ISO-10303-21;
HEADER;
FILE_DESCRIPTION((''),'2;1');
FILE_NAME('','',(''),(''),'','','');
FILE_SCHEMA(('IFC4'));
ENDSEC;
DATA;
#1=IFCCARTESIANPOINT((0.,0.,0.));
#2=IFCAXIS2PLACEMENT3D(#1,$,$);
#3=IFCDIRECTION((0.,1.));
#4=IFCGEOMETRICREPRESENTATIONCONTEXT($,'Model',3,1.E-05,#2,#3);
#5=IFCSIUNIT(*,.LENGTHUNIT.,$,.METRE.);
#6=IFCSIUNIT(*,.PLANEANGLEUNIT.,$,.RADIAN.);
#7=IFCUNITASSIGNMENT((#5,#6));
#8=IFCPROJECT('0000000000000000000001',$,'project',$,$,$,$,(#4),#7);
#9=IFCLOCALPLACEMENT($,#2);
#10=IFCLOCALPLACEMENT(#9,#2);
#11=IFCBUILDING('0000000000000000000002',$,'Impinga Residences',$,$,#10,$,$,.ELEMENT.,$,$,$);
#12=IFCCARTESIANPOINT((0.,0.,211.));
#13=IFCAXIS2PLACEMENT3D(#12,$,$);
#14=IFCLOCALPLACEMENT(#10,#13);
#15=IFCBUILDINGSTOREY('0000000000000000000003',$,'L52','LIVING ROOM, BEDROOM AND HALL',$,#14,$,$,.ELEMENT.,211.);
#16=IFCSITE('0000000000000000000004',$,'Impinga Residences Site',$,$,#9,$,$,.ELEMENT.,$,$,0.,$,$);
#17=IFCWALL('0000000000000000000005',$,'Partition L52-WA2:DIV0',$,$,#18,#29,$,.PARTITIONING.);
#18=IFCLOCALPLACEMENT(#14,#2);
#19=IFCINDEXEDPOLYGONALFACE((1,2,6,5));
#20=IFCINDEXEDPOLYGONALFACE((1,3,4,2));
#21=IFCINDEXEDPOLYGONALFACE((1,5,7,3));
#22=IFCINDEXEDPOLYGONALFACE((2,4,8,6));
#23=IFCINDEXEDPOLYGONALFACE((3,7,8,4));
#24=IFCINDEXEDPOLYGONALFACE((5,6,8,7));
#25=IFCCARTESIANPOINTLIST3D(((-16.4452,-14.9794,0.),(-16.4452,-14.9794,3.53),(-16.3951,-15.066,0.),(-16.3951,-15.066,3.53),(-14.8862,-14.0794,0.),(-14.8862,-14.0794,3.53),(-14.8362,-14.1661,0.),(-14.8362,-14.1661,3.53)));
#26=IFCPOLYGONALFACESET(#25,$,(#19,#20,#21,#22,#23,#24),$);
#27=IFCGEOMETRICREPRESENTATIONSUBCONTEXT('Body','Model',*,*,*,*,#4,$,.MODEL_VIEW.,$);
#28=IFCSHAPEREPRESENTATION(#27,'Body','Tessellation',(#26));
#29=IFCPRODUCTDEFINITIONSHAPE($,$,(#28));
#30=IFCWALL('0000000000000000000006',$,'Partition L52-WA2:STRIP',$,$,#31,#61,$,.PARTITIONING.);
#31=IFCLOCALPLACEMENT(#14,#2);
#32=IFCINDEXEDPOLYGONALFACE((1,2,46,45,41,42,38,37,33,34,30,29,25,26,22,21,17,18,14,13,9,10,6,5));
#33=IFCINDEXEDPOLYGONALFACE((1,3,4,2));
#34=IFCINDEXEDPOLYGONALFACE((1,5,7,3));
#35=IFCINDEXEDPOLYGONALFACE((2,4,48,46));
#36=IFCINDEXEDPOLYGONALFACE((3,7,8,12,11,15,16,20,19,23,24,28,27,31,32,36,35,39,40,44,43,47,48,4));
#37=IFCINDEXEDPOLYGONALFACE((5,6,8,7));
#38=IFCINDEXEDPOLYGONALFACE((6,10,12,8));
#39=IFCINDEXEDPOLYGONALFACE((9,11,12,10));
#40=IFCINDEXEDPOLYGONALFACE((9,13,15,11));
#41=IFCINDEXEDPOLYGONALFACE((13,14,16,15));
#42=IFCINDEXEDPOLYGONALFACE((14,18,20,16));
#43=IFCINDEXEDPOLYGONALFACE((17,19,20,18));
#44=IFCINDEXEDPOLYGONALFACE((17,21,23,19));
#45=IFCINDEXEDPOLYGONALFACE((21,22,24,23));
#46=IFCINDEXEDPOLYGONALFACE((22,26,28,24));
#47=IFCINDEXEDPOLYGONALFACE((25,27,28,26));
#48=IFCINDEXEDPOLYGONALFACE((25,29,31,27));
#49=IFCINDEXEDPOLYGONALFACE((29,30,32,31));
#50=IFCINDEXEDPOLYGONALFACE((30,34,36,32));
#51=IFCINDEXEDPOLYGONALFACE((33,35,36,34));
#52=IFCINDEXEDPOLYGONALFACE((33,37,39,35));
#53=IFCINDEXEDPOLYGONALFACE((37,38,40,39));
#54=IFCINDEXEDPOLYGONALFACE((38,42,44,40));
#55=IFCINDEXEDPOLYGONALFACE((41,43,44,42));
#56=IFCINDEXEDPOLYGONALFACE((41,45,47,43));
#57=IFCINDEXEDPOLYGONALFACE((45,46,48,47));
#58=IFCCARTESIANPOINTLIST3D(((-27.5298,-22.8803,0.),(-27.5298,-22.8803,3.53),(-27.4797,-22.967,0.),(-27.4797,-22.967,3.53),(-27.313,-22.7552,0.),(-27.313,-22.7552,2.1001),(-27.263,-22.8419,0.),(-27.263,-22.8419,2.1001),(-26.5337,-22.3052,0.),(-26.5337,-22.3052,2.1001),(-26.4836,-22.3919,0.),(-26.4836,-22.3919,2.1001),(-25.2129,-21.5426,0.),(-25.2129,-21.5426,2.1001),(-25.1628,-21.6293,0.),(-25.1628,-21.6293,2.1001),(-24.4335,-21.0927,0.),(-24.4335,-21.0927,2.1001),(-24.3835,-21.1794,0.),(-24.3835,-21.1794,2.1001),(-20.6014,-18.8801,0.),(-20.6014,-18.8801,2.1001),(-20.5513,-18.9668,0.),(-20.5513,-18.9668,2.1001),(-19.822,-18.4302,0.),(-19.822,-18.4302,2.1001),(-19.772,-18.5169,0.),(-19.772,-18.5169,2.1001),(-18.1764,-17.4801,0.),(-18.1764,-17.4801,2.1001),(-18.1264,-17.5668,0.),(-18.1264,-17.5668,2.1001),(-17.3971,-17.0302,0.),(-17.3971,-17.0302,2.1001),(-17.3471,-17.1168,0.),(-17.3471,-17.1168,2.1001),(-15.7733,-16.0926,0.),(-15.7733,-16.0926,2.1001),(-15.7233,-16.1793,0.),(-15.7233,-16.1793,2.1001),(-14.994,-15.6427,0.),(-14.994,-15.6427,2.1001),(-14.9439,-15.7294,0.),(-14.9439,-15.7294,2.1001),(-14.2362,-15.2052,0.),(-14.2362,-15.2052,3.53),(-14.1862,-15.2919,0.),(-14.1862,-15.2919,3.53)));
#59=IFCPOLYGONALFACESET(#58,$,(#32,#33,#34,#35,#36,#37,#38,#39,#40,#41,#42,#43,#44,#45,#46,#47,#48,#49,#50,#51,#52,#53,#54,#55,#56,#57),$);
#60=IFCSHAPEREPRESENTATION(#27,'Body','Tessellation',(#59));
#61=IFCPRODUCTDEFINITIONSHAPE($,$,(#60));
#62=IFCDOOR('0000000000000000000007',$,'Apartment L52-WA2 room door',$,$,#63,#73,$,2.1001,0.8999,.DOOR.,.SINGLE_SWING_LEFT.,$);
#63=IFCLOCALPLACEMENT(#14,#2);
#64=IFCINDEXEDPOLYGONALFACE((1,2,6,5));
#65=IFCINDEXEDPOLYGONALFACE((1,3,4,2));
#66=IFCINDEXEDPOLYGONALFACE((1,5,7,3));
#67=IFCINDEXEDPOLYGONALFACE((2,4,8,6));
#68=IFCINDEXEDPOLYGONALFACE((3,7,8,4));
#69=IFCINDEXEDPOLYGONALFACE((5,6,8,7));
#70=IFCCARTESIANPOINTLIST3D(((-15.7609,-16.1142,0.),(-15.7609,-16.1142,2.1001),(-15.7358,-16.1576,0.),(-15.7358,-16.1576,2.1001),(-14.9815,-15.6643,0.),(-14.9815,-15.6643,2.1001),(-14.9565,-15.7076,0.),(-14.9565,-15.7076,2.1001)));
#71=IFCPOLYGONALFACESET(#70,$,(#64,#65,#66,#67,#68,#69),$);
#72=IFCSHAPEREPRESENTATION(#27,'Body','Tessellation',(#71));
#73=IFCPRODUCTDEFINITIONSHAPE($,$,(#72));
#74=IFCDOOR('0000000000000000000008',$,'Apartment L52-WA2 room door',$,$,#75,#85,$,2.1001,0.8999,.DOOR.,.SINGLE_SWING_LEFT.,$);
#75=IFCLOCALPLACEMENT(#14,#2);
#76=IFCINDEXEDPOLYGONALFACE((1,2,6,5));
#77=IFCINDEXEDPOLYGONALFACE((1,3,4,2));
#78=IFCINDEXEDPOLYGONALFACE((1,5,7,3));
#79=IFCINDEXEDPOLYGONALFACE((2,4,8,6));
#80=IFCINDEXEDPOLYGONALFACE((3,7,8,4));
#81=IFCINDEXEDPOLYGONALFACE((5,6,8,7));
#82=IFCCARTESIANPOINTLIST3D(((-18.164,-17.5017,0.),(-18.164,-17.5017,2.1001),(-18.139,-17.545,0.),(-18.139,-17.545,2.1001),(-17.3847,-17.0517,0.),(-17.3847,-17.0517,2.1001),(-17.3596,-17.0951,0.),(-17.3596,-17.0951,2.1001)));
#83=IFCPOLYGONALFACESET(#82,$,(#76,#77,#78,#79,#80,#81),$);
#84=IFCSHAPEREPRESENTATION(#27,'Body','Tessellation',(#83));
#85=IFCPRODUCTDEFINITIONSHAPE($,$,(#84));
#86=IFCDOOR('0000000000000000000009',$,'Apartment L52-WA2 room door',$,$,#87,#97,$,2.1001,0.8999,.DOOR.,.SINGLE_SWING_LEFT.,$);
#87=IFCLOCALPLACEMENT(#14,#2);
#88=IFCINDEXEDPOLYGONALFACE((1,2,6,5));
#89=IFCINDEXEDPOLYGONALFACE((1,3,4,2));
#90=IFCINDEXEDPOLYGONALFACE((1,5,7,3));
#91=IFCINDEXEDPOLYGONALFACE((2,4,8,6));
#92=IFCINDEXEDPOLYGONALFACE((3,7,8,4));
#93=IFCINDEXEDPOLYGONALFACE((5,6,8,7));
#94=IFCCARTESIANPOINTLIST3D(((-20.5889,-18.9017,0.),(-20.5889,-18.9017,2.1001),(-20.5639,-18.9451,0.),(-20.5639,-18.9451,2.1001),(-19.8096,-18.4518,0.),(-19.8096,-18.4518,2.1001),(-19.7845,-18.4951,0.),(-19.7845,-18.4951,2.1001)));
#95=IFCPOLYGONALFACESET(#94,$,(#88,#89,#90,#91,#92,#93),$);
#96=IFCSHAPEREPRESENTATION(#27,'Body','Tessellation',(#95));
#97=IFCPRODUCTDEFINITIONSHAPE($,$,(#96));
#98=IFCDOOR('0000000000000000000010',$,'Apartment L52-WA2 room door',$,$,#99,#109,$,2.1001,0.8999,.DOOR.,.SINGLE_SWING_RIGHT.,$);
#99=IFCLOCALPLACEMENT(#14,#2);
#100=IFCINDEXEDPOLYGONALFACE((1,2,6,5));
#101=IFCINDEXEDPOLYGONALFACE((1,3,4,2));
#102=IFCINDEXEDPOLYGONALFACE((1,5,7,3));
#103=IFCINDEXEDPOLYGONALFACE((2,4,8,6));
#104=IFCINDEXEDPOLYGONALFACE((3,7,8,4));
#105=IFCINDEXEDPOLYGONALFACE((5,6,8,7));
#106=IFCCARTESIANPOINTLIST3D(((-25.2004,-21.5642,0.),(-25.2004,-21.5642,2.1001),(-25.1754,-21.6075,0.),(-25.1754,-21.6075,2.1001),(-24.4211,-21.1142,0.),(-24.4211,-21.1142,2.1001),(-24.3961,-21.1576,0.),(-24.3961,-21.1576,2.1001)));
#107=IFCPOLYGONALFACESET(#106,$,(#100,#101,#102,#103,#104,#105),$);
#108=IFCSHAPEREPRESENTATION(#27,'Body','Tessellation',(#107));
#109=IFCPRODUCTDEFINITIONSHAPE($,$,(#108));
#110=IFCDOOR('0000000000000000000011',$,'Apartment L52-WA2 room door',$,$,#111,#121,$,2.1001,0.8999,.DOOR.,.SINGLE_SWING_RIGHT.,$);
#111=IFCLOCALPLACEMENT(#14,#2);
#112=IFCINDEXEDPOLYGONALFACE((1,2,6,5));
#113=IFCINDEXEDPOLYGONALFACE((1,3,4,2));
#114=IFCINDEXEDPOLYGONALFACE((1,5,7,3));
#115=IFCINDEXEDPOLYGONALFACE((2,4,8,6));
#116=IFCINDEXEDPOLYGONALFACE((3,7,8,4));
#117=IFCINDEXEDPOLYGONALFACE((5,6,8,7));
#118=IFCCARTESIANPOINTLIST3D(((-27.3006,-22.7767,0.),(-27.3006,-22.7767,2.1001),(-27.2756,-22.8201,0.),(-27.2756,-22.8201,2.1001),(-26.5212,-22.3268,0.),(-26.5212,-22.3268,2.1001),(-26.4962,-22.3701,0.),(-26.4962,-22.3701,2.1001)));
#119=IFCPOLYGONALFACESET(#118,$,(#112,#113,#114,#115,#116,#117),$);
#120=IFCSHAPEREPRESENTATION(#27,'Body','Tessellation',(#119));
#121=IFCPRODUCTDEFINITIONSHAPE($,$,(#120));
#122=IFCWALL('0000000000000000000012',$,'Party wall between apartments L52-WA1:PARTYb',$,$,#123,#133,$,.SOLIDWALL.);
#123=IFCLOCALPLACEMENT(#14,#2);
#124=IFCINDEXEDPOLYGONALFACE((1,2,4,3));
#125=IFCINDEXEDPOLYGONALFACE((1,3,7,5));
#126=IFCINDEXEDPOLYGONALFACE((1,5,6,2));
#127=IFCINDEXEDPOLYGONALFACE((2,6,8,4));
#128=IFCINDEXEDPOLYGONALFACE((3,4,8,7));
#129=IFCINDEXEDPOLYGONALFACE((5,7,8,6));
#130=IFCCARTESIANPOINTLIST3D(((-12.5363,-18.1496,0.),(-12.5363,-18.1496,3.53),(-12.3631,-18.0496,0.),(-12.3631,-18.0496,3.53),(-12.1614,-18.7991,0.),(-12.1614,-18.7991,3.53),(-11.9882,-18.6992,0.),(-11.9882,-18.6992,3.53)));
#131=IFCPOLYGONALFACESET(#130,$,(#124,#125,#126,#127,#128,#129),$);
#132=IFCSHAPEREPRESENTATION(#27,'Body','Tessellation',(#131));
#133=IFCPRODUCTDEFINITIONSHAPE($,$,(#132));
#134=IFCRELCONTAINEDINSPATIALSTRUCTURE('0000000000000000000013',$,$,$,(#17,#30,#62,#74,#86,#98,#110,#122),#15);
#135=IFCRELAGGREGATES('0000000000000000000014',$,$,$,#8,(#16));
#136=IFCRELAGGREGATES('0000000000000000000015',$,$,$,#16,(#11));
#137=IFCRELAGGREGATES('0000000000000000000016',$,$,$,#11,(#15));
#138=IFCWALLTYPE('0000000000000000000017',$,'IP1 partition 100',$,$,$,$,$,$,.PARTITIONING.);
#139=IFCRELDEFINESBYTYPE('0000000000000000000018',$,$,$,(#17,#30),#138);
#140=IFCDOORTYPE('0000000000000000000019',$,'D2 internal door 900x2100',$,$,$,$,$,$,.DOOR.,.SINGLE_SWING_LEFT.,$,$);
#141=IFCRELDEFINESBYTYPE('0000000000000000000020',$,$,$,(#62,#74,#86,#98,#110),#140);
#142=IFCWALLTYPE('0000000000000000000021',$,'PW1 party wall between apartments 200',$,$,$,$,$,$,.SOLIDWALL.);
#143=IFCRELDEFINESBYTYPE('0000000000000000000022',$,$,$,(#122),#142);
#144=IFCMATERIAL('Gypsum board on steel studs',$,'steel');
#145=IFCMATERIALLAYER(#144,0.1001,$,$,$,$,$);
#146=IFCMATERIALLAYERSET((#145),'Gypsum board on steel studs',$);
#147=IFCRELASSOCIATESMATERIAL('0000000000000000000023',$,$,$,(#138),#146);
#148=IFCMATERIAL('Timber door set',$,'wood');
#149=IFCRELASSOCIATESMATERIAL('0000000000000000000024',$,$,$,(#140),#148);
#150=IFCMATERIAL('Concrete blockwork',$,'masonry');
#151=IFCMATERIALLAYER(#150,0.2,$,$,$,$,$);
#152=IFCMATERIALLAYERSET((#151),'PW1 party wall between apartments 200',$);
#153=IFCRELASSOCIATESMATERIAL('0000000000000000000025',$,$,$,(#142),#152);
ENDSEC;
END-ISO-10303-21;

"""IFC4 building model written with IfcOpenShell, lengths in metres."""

from ifc_helpers import new_model, si_unit, direction, frame, frame_2d, origin, place, context, subcontext, project, spatial, rectangle, extrude, material, layer, layer_set, type_object, element, fill, save


model = new_model("IFC4")

# Units and contexts
model_context = context("Model", 3, precision=1e-05, world=origin(), true_north=direction((0.0, 1.0)))
body_context = subcontext(model_context, "Body", "Model", "MODEL_VIEW")
ifc_project = project(units=[si_unit("LENGTHUNIT", "METRE"), si_unit("PLANEANGLEUNIT", "RADIAN")], contexts=[model_context])

# Site, building, storey
site_placement = place(None, origin())
site = spatial("IfcSite", under=ifc_project, at=site_placement, Name="Impinga Residences Site", CompositionType="ELEMENT", RefElevation=0.0)
building_placement = place(site_placement, origin())
building = spatial("IfcBuilding", under=site, at=building_placement, Name="Impinga Residences", CompositionType="ELEMENT")
storey_placement = place(building_placement, frame((0.0, 0.0, 211.0)))
storey = spatial("IfcBuildingStorey", under=building, at=storey_placement, Name="L52", Description="LIVING ROOM, BEDROOM AND HALL", CompositionType="ELEMENT", Elevation=211.0)

# Wall
ifc_material_1 = material(Name="Gypsum board on steel studs", Category="steel")
ifc_layer_1 = layer(ifc_material_1, 0.1001)
ifc_layer_set_1 = layer_set([ifc_layer_1], Name="Gypsum board on steel studs")
wall_type_1 = type_object("IfcWallType", Name="IP1 partition 100", PredefinedType="PARTITIONING", material=ifc_layer_set_1)
wall_1_placement = place(storey_placement, frame((-14.8613, -14.1228, 0.0), z_axis=(0.0, 0.0, 1.0), x_axis=(-0.866048, -0.499961, 0.0)))
element("IfcWall", 1, at=wall_1_placement, inside=storey, type_object=wall_type_1, Name="Partition L52-WA2:DIV0", PredefinedType="PARTITIONING", context=body_context, shape_type="SweptSolid", body=[
    extrude(rectangle(XDim=1.8, YDim=0.1001, at=frame_2d((0.8999, 0.0))), origin(), (0.0, 0.0, 1.0), 3.53),
])

# Wall, openings, doors
wall_2_placement = place(storey_placement, frame((-14.2112, -15.2485, 0.0), z_axis=(0.0, 0.0, 1.0), x_axis=(-0.866023, -0.500003, 0.0)))
wall_2 = element("IfcWall", 2, at=wall_2_placement, inside=storey, type_object=wall_type_1, Name="Partition L52-WA2:STRIP", PredefinedType="PARTITIONING", context=body_context, shape_type="SweptSolid", body=[
    extrude(rectangle(XDim=15.3501, YDim=0.1001, at=frame_2d((7.675, 0.0))), origin(), (0.0, 0.0, 1.0), 3.53),
])
opening_1_placement = place(wall_2_placement, frame((0.875, 0.0, 0.0)))
opening_1 = element("IfcOpeningElement", 3, at=opening_1_placement, cuts=wall_2, PredefinedType="OPENING", context=body_context, shape_type="SweptSolid", body=[
    extrude(rectangle(XDim=0.8999, YDim=2.1001, at=frame_2d((0.45, 1.05))), frame((0.0, 0.0601, 0.0), z_axis=(0.0, -1.0, 0.0), x_axis=(1.0, 0.0, 0.0)), (0.0, 0.0, 1.0), 0.1201),
])
opening_2_placement = place(wall_2_placement, frame((3.6499, 0.0, 0.0)))
opening_2 = element("IfcOpeningElement", 4, at=opening_2_placement, cuts=wall_2, PredefinedType="OPENING", context=body_context, shape_type="SweptSolid", body=[
    extrude(rectangle(XDim=0.8999, YDim=2.1001, at=frame_2d((0.45, 1.05))), frame((0.0, 0.0601, 0.0), z_axis=(0.0, -1.0, 0.0), x_axis=(1.0, 0.0, 0.0)), (0.0, 0.0, 1.0), 0.1201),
])
opening_3_placement = place(wall_2_placement, frame((6.45, 0.0, 0.0)))
opening_3 = element("IfcOpeningElement", 5, at=opening_3_placement, cuts=wall_2, PredefinedType="OPENING", context=body_context, shape_type="SweptSolid", body=[
    extrude(rectangle(XDim=0.8999, YDim=2.1001, at=frame_2d((0.45, 1.05))), frame((0.0, 0.0601, 0.0), z_axis=(0.0, -1.0, 0.0), x_axis=(1.0, 0.0, 0.0)), (0.0, 0.0, 1.0), 0.1201),
])
opening_4_placement = place(wall_2_placement, frame((11.7749, 0.0, 0.0)))
opening_4 = element("IfcOpeningElement", 6, at=opening_4_placement, cuts=wall_2, PredefinedType="OPENING", context=body_context, shape_type="SweptSolid", body=[
    extrude(rectangle(XDim=0.8999, YDim=2.1001, at=frame_2d((0.45, 1.05))), frame((0.0, 0.0601, 0.0), z_axis=(0.0, -1.0, 0.0), x_axis=(1.0, 0.0, 0.0)), (0.0, 0.0, 1.0), 0.1201),
])
opening_5_placement = place(wall_2_placement, frame((14.2, 0.0, 0.0)))
opening_5 = element("IfcOpeningElement", 7, at=opening_5_placement, cuts=wall_2, PredefinedType="OPENING", context=body_context, shape_type="SweptSolid", body=[
    extrude(rectangle(XDim=0.8999, YDim=2.1001, at=frame_2d((0.45, 1.05))), frame((0.0, 0.0601, 0.0), z_axis=(0.0, -1.0, 0.0), x_axis=(1.0, 0.0, 0.0)), (0.0, 0.0, 1.0), 0.1201),
])
ifc_material_2 = material(Name="Timber door set", Category="wood")
door_type = type_object("IfcDoorType", Name="D2 internal door 900x2100", OperationType="SINGLE_SWING_LEFT", PredefinedType="DOOR", material=ifc_material_2)
door_1_placement = place(opening_1_placement, origin())
door_1 = element("IfcDoor", 8, at=door_1_placement, inside=storey, type_object=door_type, Name="Apartment L52-WA2 room door", OperationType="SINGLE_SWING_LEFT", OverallHeight=2.1001, OverallWidth=0.8999, PredefinedType="DOOR", context=body_context, shape_type="SweptSolid", body=[
    extrude(rectangle(XDim=0.8999, YDim=2.1001, at=frame_2d((0.45, 1.05))), frame((0.0, 0.0249, 0.0), z_axis=(0.0, -1.0, 0.0), x_axis=(1.0, 0.0, 0.0)), (0.0, 0.0, 1.0), 0.05),
])
fill(opening_1, door_1)
door_2_placement = place(opening_2_placement, origin())
door_2 = element("IfcDoor", 9, at=door_2_placement, inside=storey, type_object=door_type, Name="Apartment L52-WA2 room door", OperationType="SINGLE_SWING_LEFT", OverallHeight=2.1001, OverallWidth=0.8999, PredefinedType="DOOR", context=body_context, shape_type="SweptSolid", body=[
    extrude(rectangle(XDim=0.8999, YDim=2.1001, at=frame_2d((0.45, 1.05))), frame((0.0, 0.0249, 0.0), z_axis=(0.0, -1.0, 0.0), x_axis=(1.0, 0.0, 0.0)), (0.0, 0.0, 1.0), 0.05),
])
fill(opening_2, door_2)
door_3_placement = place(opening_3_placement, origin())
door_3 = element("IfcDoor", 10, at=door_3_placement, inside=storey, type_object=door_type, Name="Apartment L52-WA2 room door", OperationType="SINGLE_SWING_LEFT", OverallHeight=2.1001, OverallWidth=0.8999, PredefinedType="DOOR", context=body_context, shape_type="SweptSolid", body=[
    extrude(rectangle(XDim=0.8999, YDim=2.1001, at=frame_2d((0.45, 1.05))), frame((0.0, 0.0249, 0.0), z_axis=(0.0, -1.0, 0.0), x_axis=(1.0, 0.0, 0.0)), (0.0, 0.0, 1.0), 0.05),
])
fill(opening_3, door_3)
door_4_placement = place(opening_4_placement, origin())
door_4 = element("IfcDoor", 11, at=door_4_placement, inside=storey, type_object=door_type, Name="Apartment L52-WA2 room door", OperationType="SINGLE_SWING_RIGHT", OverallHeight=2.1001, OverallWidth=0.8999, PredefinedType="DOOR", context=body_context, shape_type="SweptSolid", body=[
    extrude(rectangle(XDim=0.8999, YDim=2.1001, at=frame_2d((0.45, 1.05))), frame((0.0, 0.0249, 0.0), z_axis=(0.0, -1.0, 0.0), x_axis=(1.0, 0.0, 0.0)), (0.0, 0.0, 1.0), 0.05),
])
fill(opening_4, door_4)
door_5_placement = place(opening_5_placement, origin())
door_5 = element("IfcDoor", 12, at=door_5_placement, inside=storey, type_object=door_type, Name="Apartment L52-WA2 room door", OperationType="SINGLE_SWING_RIGHT", OverallHeight=2.1001, OverallWidth=0.8999, PredefinedType="DOOR", context=body_context, shape_type="SweptSolid", body=[
    extrude(rectangle(XDim=0.8999, YDim=2.1001, at=frame_2d((0.45, 1.05))), frame((0.0, 0.0249, 0.0), z_axis=(0.0, -1.0, 0.0), x_axis=(1.0, 0.0, 0.0)), (0.0, 0.0, 1.0), 0.05),
])
fill(opening_5, door_5)

# Wall
ifc_material_3 = material(Name="Concrete blockwork", Category="masonry")
ifc_layer_2 = layer(ifc_material_3, 0.2)
ifc_layer_set_2 = layer_set([ifc_layer_2], Name="PW1 party wall between apartments 200")
wall_type_2 = type_object("IfcWallType", Name="PW1 party wall between apartments 200", PredefinedType="SOLIDWALL", material=ifc_layer_set_2)
wall_3_placement = place(storey_placement, frame((-12.4497, -18.0996, 0.0), z_axis=(0.0, 0.0, 1.0), x_axis=(0.49992, -0.866072, 0.0)))
element("IfcWall", 13, at=wall_3_placement, inside=storey, type_object=wall_type_2, Name="Party wall between apartments L52-WA1:PARTYb", PredefinedType="SOLIDWALL", context=body_context, shape_type="SweptSolid", body=[
    extrude(rectangle(XDim=0.75, YDim=0.2, at=frame_2d((0.375, 0.0))), origin(), (0.0, 0.0, 1.0), 3.53),
])

save(model, "model.ifc")
